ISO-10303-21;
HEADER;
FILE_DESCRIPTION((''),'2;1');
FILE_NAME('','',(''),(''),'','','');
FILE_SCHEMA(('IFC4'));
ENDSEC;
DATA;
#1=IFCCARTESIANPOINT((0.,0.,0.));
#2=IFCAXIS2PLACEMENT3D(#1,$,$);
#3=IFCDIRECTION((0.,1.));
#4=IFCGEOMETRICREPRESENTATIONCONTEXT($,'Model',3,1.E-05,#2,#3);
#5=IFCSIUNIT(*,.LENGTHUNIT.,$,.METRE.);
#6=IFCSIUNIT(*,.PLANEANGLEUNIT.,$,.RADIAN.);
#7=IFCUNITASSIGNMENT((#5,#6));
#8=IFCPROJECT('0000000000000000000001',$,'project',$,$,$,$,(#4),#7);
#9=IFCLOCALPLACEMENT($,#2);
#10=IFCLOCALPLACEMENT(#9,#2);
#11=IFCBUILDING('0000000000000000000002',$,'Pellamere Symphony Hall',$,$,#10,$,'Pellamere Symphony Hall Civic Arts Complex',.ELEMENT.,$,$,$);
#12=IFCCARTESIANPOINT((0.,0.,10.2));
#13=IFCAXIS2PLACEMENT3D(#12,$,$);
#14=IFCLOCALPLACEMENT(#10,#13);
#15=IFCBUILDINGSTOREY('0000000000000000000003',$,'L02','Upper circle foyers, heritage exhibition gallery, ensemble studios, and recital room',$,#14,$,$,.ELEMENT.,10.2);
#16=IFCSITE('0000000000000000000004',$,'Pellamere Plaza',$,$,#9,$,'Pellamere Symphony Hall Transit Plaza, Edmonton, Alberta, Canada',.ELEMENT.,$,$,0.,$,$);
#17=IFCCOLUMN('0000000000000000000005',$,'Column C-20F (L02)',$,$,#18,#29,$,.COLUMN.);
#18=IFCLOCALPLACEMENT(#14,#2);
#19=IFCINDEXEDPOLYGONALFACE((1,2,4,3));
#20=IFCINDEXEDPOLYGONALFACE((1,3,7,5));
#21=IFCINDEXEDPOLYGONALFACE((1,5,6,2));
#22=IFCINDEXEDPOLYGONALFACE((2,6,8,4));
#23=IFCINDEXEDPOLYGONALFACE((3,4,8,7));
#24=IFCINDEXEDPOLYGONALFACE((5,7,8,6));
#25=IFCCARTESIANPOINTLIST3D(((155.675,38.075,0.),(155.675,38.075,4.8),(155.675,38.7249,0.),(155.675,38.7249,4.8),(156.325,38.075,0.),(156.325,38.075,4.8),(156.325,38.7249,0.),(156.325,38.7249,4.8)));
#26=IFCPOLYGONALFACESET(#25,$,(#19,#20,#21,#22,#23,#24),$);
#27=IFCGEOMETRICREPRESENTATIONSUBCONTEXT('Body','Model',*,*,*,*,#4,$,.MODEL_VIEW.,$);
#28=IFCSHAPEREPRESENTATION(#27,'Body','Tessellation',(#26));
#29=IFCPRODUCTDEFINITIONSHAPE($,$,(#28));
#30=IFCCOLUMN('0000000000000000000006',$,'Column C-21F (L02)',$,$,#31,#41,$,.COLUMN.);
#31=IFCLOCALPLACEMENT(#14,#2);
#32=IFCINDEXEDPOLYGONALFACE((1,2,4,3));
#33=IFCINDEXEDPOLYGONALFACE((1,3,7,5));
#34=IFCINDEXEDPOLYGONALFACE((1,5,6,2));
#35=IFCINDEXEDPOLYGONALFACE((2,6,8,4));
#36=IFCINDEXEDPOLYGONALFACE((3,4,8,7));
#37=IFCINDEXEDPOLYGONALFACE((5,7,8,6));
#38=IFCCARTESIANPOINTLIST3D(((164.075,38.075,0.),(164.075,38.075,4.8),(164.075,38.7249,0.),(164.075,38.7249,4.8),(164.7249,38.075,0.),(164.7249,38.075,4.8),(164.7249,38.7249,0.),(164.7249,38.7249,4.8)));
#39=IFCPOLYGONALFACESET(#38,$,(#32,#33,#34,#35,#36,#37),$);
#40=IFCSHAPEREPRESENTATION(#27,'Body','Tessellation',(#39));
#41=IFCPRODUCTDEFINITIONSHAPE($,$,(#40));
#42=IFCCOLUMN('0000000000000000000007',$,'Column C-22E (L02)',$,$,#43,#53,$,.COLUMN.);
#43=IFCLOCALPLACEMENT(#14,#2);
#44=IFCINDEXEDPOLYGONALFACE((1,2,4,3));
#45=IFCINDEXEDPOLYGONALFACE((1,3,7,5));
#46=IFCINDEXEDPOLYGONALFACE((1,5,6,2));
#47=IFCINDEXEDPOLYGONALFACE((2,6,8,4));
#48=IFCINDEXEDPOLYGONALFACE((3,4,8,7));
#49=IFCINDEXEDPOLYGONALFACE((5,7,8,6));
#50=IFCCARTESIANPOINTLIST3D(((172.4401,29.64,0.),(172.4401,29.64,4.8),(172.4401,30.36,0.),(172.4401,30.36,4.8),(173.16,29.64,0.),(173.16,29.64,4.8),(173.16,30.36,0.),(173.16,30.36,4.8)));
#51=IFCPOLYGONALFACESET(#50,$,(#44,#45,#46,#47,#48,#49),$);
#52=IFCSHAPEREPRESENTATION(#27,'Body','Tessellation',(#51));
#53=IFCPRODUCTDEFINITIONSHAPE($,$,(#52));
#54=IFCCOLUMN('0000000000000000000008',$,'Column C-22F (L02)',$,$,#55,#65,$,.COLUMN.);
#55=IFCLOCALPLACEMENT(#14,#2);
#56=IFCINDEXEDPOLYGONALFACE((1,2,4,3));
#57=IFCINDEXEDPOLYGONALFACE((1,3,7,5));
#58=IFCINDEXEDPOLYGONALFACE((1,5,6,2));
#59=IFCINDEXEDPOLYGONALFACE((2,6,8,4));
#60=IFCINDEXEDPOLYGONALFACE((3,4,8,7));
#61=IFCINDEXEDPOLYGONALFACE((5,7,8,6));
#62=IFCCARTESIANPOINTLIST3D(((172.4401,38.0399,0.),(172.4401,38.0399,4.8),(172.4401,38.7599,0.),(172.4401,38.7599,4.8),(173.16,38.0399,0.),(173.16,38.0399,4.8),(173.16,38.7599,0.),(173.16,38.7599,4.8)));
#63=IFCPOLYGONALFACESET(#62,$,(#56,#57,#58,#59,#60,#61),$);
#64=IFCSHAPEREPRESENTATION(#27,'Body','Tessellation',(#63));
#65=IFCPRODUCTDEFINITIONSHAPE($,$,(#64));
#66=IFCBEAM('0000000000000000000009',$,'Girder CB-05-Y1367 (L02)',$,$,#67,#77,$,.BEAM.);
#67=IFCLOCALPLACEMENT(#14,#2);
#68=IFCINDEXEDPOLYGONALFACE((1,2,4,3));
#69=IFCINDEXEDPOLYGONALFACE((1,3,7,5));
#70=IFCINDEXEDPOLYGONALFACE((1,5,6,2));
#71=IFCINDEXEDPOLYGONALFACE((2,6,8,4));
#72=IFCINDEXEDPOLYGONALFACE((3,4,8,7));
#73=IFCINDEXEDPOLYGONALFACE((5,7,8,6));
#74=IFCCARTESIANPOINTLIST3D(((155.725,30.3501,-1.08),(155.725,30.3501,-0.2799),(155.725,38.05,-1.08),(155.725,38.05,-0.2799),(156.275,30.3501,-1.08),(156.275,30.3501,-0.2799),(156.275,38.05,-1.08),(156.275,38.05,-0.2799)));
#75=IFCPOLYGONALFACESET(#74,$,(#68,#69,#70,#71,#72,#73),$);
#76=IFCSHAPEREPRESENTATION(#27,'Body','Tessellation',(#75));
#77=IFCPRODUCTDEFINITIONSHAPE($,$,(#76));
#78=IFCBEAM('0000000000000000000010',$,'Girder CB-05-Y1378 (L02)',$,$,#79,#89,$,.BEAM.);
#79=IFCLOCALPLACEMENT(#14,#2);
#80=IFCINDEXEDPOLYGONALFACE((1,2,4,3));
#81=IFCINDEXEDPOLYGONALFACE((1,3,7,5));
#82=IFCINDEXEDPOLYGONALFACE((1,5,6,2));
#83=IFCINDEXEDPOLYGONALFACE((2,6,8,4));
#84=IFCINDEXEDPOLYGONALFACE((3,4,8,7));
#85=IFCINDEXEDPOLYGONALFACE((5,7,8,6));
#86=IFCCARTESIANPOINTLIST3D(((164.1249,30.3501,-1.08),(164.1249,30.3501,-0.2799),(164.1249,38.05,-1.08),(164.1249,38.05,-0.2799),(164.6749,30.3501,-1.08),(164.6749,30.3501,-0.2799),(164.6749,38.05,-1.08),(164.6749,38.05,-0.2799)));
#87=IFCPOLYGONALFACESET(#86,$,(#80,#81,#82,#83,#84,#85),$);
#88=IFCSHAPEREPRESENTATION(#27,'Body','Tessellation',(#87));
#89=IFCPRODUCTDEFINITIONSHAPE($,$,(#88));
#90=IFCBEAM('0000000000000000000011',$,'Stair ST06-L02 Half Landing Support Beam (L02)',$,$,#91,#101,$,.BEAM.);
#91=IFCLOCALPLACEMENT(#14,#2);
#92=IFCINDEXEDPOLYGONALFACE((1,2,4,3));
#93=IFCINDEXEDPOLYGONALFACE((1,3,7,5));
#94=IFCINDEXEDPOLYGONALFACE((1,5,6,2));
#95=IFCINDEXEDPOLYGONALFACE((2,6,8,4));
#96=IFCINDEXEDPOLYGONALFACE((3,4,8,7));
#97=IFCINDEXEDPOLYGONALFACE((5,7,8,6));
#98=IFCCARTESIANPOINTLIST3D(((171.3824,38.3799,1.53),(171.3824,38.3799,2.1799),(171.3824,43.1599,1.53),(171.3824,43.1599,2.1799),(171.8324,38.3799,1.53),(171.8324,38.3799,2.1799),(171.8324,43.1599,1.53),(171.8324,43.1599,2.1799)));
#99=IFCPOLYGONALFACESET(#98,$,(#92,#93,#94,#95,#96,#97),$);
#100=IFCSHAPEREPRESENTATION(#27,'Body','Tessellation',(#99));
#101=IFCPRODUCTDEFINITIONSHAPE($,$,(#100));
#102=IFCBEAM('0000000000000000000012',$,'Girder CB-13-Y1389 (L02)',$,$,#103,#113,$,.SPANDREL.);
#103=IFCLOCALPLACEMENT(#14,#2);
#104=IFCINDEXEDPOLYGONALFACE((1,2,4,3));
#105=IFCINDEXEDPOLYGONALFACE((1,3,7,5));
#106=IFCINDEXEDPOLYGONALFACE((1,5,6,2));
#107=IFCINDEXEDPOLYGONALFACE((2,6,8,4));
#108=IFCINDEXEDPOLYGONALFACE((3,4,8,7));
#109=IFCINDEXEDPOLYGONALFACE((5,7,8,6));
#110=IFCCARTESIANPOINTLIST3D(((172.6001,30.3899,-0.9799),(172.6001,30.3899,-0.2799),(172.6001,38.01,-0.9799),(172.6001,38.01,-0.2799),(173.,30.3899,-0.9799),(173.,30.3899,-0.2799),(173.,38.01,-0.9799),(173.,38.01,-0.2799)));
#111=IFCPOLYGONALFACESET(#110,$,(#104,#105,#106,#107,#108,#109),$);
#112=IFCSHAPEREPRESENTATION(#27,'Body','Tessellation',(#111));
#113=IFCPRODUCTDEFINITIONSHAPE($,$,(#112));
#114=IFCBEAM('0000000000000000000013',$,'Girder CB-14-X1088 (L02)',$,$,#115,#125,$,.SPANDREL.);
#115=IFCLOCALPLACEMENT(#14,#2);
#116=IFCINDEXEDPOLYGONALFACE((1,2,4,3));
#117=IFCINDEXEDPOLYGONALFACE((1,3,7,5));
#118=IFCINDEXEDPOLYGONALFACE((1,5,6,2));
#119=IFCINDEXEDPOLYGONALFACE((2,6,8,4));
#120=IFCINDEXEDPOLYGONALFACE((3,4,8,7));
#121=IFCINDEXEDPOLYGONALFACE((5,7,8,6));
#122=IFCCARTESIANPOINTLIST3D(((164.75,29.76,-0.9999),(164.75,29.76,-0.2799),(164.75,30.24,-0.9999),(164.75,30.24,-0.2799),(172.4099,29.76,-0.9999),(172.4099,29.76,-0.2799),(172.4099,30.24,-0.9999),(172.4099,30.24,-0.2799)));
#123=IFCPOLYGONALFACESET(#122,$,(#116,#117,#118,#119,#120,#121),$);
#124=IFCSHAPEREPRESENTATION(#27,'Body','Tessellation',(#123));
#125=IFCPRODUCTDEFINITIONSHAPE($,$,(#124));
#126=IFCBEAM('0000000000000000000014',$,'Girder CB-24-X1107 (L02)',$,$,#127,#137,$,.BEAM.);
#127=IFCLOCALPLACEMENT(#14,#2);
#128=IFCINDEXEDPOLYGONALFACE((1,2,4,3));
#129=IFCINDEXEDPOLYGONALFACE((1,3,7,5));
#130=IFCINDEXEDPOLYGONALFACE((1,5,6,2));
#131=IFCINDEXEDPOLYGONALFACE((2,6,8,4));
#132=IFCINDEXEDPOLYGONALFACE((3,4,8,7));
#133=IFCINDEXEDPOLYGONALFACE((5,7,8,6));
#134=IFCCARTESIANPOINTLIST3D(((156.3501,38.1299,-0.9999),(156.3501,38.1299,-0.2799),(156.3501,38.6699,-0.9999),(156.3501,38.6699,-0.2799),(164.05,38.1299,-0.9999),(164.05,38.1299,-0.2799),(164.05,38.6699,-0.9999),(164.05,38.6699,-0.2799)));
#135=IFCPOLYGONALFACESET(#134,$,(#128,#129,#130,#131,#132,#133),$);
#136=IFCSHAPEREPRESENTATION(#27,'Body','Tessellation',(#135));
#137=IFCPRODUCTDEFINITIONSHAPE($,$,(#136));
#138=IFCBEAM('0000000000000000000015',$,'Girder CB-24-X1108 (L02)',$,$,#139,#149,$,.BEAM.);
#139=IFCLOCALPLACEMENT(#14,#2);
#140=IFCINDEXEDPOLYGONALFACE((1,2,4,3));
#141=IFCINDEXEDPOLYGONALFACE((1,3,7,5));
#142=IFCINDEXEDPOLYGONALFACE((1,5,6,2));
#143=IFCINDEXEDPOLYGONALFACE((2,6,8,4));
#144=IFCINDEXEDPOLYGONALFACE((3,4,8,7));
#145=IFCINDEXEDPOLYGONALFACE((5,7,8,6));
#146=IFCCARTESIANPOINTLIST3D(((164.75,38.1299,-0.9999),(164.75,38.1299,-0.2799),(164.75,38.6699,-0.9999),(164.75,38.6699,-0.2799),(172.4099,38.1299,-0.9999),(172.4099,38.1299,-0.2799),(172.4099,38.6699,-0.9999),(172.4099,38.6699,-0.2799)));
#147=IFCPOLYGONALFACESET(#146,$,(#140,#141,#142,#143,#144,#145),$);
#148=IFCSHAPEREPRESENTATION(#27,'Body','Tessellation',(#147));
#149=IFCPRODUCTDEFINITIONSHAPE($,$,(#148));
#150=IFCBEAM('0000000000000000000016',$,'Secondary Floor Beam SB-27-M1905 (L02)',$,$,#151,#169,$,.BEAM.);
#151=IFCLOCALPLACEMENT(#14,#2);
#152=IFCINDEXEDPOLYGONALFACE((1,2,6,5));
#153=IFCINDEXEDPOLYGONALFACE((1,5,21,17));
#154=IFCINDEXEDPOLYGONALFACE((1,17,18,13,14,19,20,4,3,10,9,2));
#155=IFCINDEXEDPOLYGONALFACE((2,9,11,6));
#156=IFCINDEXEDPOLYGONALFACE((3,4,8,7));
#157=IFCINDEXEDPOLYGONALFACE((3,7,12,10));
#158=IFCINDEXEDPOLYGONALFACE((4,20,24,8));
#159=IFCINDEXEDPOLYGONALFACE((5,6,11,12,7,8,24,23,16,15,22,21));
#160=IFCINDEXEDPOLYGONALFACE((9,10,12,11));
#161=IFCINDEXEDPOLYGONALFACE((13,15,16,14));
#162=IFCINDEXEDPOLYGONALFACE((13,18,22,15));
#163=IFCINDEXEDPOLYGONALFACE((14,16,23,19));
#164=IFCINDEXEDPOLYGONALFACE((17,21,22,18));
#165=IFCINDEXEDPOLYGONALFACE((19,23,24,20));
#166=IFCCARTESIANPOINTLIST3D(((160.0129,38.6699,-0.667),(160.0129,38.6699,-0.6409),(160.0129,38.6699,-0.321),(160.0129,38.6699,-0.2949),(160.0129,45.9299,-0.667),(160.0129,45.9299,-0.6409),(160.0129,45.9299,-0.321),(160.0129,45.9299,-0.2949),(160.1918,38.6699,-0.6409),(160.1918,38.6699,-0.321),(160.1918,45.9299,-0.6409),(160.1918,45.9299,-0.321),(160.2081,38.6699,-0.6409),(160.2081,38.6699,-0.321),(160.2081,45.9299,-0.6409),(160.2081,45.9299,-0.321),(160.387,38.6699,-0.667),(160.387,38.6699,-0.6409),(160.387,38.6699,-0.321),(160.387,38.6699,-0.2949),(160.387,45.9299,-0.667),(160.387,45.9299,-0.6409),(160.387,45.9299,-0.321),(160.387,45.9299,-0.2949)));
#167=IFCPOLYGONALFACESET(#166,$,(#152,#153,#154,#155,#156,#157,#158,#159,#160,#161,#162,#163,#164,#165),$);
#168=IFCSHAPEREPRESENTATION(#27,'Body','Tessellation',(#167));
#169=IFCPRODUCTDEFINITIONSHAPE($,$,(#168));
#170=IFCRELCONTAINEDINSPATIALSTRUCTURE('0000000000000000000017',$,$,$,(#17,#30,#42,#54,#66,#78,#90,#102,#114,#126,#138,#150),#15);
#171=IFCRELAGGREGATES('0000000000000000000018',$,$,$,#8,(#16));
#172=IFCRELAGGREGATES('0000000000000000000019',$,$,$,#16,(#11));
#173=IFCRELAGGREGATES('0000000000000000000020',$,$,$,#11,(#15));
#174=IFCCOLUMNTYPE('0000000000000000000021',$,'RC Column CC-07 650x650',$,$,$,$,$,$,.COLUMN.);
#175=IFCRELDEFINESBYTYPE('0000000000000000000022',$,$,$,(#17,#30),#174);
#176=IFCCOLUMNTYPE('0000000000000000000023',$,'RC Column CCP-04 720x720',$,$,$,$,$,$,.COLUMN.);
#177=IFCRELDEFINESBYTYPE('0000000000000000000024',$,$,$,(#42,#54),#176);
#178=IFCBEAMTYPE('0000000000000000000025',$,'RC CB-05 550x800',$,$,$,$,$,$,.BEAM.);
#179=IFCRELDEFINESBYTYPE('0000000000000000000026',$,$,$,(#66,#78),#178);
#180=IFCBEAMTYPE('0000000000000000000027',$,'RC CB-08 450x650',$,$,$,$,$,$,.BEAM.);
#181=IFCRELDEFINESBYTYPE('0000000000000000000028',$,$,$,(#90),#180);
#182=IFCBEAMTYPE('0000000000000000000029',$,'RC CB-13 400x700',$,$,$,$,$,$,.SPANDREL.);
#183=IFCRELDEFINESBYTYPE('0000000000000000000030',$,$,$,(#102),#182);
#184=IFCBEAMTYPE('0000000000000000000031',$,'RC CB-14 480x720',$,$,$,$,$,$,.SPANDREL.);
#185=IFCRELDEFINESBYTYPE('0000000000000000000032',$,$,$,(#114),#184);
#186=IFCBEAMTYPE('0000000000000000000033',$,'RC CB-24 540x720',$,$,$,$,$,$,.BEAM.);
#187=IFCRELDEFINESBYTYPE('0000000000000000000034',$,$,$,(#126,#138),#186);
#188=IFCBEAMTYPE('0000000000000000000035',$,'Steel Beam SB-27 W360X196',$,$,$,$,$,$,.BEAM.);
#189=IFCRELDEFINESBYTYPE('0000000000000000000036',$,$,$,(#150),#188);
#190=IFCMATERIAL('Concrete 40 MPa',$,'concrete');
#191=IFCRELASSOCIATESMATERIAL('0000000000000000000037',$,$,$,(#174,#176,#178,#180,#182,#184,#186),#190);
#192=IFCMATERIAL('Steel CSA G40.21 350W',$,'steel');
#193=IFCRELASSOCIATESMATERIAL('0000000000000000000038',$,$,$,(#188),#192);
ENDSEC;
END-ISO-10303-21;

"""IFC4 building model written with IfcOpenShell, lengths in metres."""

from ifc_helpers import new_model, si_unit, direction, frame, origin, origin_2d, place, context, subcontext, project, spatial, rectangle, i_section, extrude, material, material_profile, profile_set, type_object, element, save


model = new_model("IFC4")

# Units and contexts
model_context = context("Model", 3, precision=1e-05, world=origin(), true_north=direction((0.0, 1.0)))
body_context = subcontext(model_context, "Body", "Model", "MODEL_VIEW")
ifc_project = project(units=[si_unit("LENGTHUNIT", "METRE"), si_unit("PLANEANGLEUNIT", "RADIAN")], contexts=[model_context])

# Site, building, storey
site_placement = place(None, origin())
site = spatial("IfcSite", under=ifc_project, at=site_placement, Name="Pellamere Plaza", LongName="Pellamere Symphony Hall Transit Plaza, Edmonton, Alberta, Canada", CompositionType="ELEMENT", RefElevation=0.0)
building_placement = place(site_placement, origin())
building = spatial("IfcBuilding", under=site, at=building_placement, Name="Pellamere Symphony Hall", LongName="Pellamere Symphony Hall Civic Arts Complex", CompositionType="ELEMENT")
storey_placement = place(building_placement, frame((0.0, 0.0, 10.2)))
storey = spatial("IfcBuildingStorey", under=building, at=storey_placement, Name="L02", Description="Upper circle foyers, heritage exhibition gallery, ensemble studios, and recital room", CompositionType="ELEMENT", Elevation=10.2)

# Columns
ifc_material_1 = material(Name="Concrete 40 MPa", Category="concrete")
ifc_material_profile_1 = material_profile(ifc_material_1, rectangle(XDim=0.6499, YDim=0.6499, at=origin_2d()), Name="RC 650x650")
ifc_profile_set_1 = profile_set([ifc_material_profile_1], Name="Concrete 40 MPa")
column_type_1 = type_object("IfcColumnType", Name="RC Column CC-07 650x650", PredefinedType="COLUMN", material=ifc_profile_set_1)
for number, where, z_axis, x_axis, name in (
    (1, (156.0, 38.3999, 0.0), (0.0, 0.0, 1.0), (1.0, 0.0, 0.0), "Column C-20F (L02)"),
    (2, (164.3999, 38.3999, 0.0), (0.0, 0.0, 1.0), (1.0, 0.0, 0.0), "Column C-21F (L02)"),
):
    element("IfcColumn", number, at=place(storey_placement, frame(where, z_axis=z_axis, x_axis=x_axis)), inside=storey, type_object=column_type_1, Name=name, PredefinedType="COLUMN", context=body_context, shape_type="SweptSolid", body=[
        extrude(rectangle(XDim=0.6499, YDim=0.6499, at=origin_2d()), origin(), (0.0, 0.0, 1.0), 4.8),
    ])
ifc_material_profile_2 = material_profile(ifc_material_1, rectangle(XDim=0.72, YDim=0.72, at=origin_2d()), Name="RC 720x720")
ifc_profile_set_2 = profile_set([ifc_material_profile_2], Name="Concrete 40 MPa")
column_type_2 = type_object("IfcColumnType", Name="RC Column CCP-04 720x720", PredefinedType="COLUMN", material=ifc_profile_set_2)
for number, where, z_axis, x_axis, name in (
    (3, (172.8, 30.0, 0.0), (0.0, 0.0, 1.0), (1.0, 0.0, 0.0), "Column C-22E (L02)"),
    (4, (172.8, 38.3999, 0.0), (0.0, 0.0, 1.0), (1.0, 0.0, 0.0), "Column C-22F (L02)"),
):
    element("IfcColumn", number, at=place(storey_placement, frame(where, z_axis=z_axis, x_axis=x_axis)), inside=storey, type_object=column_type_2, Name=name, PredefinedType="COLUMN", context=body_context, shape_type="SweptSolid", body=[
        extrude(rectangle(XDim=0.72, YDim=0.72, at=origin_2d()), origin(), (0.0, 0.0, 1.0), 4.8),
    ])

# Beams
ifc_material_profile_3 = material_profile(ifc_material_1, rectangle(XDim=0.55, YDim=0.8, at=origin_2d()), Name="RC 550x800")
ifc_profile_set_3 = profile_set([ifc_material_profile_3], Name="Concrete 40 MPa")
beam_type_1 = type_object("IfcBeamType", Name="RC CB-05 550x800", PredefinedType="BEAM", material=ifc_profile_set_3)
for number, where, z_axis, x_axis, name in (
    (5, (156.0, 30.3501, -0.6799), (0.0, 1.0, 0.0), (-1.0, 0.0, 0.0), "Girder CB-05-Y1367 (L02)"),
    (6, (164.3999, 30.3501, -0.6799), (0.0, 1.0, 0.0), (-1.0, 0.0, 0.0), "Girder CB-05-Y1378 (L02)"),
):
    element("IfcBeam", number, at=place(storey_placement, frame(where, z_axis=z_axis, x_axis=x_axis)), inside=storey, type_object=beam_type_1, Name=name, PredefinedType="BEAM", context=body_context, shape_type="SweptSolid", body=[
        extrude(rectangle(XDim=0.55, YDim=0.8, at=origin_2d()), origin(), (0.0, 0.0, 1.0), 7.7),
    ])
ifc_material_profile_4 = material_profile(ifc_material_1, rectangle(XDim=0.45, YDim=0.6499, at=origin_2d()), Name="RC 450x650")
ifc_profile_set_4 = profile_set([ifc_material_profile_4], Name="Concrete 40 MPa")
beam_type_2 = type_object("IfcBeamType", Name="RC CB-08 450x650", PredefinedType="BEAM", material=ifc_profile_set_4)
beam_1_placement = place(storey_placement, frame((171.6074, 38.3799, 1.855), z_axis=(0.0, 1.0, 0.0), x_axis=(-1.0, 0.0, 0.0)))
element("IfcBeam", 7, at=beam_1_placement, inside=storey, type_object=beam_type_2, Name="Stair ST06-L02 Half Landing Support Beam (L02)", PredefinedType="BEAM", context=body_context, shape_type="SweptSolid", body=[
    extrude(rectangle(XDim=0.45, YDim=0.6499, at=origin_2d()), origin(), (0.0, 0.0, 1.0), 4.78),
])
ifc_material_profile_5 = material_profile(ifc_material_1, rectangle(XDim=0.3999, YDim=0.7, at=origin_2d()), Name="RC 400x700")
ifc_profile_set_5 = profile_set([ifc_material_profile_5], Name="Concrete 40 MPa")
beam_type_3 = type_object("IfcBeamType", Name="RC CB-13 400x700", PredefinedType="SPANDREL", material=ifc_profile_set_5)
beam_2_placement = place(storey_placement, frame((172.8, 30.3899, -0.6299), z_axis=(0.0, 1.0, 0.0), x_axis=(-1.0, 0.0, 0.0)))
element("IfcBeam", 8, at=beam_2_placement, inside=storey, type_object=beam_type_3, Name="Girder CB-13-Y1389 (L02)", PredefinedType="SPANDREL", context=body_context, shape_type="SweptSolid", body=[
    extrude(rectangle(XDim=0.3999, YDim=0.7, at=origin_2d()), origin(), (0.0, 0.0, 1.0), 7.6201),
])
ifc_material_profile_6 = material_profile(ifc_material_1, rectangle(XDim=0.48, YDim=0.72, at=origin_2d()), Name="RC 480x720")
ifc_profile_set_6 = profile_set([ifc_material_profile_6], Name="Concrete 40 MPa")
beam_type_4 = type_object("IfcBeamType", Name="RC CB-14 480x720", PredefinedType="SPANDREL", material=ifc_profile_set_6)
beam_3_placement = place(storey_placement, frame((164.75, 30.0, -0.6399), z_axis=(1.0, 0.0, 0.0), x_axis=(0.0, 1.0, 0.0)))
element("IfcBeam", 9, at=beam_3_placement, inside=storey, type_object=beam_type_4, Name="Girder CB-14-X1088 (L02)", PredefinedType="SPANDREL", context=body_context, shape_type="SweptSolid", body=[
    extrude(rectangle(XDim=0.48, YDim=0.72, at=origin_2d()), origin(), (0.0, 0.0, 1.0), 7.6599),
])
ifc_material_profile_7 = material_profile(ifc_material_1, rectangle(XDim=0.54, YDim=0.72, at=origin_2d()), Name="RC 540x720")
ifc_profile_set_7 = profile_set([ifc_material_profile_7], Name="Concrete 40 MPa")
beam_type_5 = type_object("IfcBeamType", Name="RC CB-24 540x720", PredefinedType="BEAM", material=ifc_profile_set_7)
beam_4_placement = place(storey_placement, frame((156.3501, 38.3999, -0.6399), z_axis=(1.0, 0.0, 0.0), x_axis=(0.0, 1.0, 0.0)))
element("IfcBeam", 10, at=beam_4_placement, inside=storey, type_object=beam_type_5, Name="Girder CB-24-X1107 (L02)", PredefinedType="BEAM", context=body_context, shape_type="SweptSolid", body=[
    extrude(rectangle(XDim=0.54, YDim=0.72, at=origin_2d()), origin(), (0.0, 0.0, 1.0), 7.7),
])
beam_5_placement = place(storey_placement, frame((164.75, 38.3999, -0.6399), z_axis=(1.0, 0.0, 0.0), x_axis=(0.0, 1.0, 0.0)))
element("IfcBeam", 11, at=beam_5_placement, inside=storey, type_object=beam_type_5, Name="Girder CB-24-X1108 (L02)", PredefinedType="BEAM", context=body_context, shape_type="SweptSolid", body=[
    extrude(rectangle(XDim=0.54, YDim=0.72, at=origin_2d()), origin(), (0.0, 0.0, 1.0), 7.6599),
])
ifc_material_2 = material(Name="Steel CSA G40.21 350W", Category="steel")
ifc_material_profile_8 = material_profile(ifc_material_2, i_section(OverallWidth=0.374, OverallDepth=0.3721, WebThickness=0.0164, FlangeThickness=0.0261, at=origin_2d()), Name="W360X196")
ifc_profile_set_8 = profile_set([ifc_material_profile_8], Name="Steel CSA G40.21 350W")
beam_type_6 = type_object("IfcBeamType", Name="Steel Beam SB-27 W360X196", PredefinedType="BEAM", material=ifc_profile_set_8)
beam_6_placement = place(storey_placement, frame((160.2, 38.6699, -0.481), z_axis=(0.0, 1.0, 0.0), x_axis=(-1.0, 0.0, 0.0)))
element("IfcBeam", 12, at=beam_6_placement, inside=storey, type_object=beam_type_6, Name="Secondary Floor Beam SB-27-M1905 (L02)", PredefinedType="BEAM", context=body_context, shape_type="SweptSolid", body=[
    extrude(i_section(OverallWidth=0.374, OverallDepth=0.3721, WebThickness=0.0164, FlangeThickness=0.0261, at=origin_2d()), origin(), (0.0, 0.0, 1.0), 7.26),
])

save(model, "model.ifc")
